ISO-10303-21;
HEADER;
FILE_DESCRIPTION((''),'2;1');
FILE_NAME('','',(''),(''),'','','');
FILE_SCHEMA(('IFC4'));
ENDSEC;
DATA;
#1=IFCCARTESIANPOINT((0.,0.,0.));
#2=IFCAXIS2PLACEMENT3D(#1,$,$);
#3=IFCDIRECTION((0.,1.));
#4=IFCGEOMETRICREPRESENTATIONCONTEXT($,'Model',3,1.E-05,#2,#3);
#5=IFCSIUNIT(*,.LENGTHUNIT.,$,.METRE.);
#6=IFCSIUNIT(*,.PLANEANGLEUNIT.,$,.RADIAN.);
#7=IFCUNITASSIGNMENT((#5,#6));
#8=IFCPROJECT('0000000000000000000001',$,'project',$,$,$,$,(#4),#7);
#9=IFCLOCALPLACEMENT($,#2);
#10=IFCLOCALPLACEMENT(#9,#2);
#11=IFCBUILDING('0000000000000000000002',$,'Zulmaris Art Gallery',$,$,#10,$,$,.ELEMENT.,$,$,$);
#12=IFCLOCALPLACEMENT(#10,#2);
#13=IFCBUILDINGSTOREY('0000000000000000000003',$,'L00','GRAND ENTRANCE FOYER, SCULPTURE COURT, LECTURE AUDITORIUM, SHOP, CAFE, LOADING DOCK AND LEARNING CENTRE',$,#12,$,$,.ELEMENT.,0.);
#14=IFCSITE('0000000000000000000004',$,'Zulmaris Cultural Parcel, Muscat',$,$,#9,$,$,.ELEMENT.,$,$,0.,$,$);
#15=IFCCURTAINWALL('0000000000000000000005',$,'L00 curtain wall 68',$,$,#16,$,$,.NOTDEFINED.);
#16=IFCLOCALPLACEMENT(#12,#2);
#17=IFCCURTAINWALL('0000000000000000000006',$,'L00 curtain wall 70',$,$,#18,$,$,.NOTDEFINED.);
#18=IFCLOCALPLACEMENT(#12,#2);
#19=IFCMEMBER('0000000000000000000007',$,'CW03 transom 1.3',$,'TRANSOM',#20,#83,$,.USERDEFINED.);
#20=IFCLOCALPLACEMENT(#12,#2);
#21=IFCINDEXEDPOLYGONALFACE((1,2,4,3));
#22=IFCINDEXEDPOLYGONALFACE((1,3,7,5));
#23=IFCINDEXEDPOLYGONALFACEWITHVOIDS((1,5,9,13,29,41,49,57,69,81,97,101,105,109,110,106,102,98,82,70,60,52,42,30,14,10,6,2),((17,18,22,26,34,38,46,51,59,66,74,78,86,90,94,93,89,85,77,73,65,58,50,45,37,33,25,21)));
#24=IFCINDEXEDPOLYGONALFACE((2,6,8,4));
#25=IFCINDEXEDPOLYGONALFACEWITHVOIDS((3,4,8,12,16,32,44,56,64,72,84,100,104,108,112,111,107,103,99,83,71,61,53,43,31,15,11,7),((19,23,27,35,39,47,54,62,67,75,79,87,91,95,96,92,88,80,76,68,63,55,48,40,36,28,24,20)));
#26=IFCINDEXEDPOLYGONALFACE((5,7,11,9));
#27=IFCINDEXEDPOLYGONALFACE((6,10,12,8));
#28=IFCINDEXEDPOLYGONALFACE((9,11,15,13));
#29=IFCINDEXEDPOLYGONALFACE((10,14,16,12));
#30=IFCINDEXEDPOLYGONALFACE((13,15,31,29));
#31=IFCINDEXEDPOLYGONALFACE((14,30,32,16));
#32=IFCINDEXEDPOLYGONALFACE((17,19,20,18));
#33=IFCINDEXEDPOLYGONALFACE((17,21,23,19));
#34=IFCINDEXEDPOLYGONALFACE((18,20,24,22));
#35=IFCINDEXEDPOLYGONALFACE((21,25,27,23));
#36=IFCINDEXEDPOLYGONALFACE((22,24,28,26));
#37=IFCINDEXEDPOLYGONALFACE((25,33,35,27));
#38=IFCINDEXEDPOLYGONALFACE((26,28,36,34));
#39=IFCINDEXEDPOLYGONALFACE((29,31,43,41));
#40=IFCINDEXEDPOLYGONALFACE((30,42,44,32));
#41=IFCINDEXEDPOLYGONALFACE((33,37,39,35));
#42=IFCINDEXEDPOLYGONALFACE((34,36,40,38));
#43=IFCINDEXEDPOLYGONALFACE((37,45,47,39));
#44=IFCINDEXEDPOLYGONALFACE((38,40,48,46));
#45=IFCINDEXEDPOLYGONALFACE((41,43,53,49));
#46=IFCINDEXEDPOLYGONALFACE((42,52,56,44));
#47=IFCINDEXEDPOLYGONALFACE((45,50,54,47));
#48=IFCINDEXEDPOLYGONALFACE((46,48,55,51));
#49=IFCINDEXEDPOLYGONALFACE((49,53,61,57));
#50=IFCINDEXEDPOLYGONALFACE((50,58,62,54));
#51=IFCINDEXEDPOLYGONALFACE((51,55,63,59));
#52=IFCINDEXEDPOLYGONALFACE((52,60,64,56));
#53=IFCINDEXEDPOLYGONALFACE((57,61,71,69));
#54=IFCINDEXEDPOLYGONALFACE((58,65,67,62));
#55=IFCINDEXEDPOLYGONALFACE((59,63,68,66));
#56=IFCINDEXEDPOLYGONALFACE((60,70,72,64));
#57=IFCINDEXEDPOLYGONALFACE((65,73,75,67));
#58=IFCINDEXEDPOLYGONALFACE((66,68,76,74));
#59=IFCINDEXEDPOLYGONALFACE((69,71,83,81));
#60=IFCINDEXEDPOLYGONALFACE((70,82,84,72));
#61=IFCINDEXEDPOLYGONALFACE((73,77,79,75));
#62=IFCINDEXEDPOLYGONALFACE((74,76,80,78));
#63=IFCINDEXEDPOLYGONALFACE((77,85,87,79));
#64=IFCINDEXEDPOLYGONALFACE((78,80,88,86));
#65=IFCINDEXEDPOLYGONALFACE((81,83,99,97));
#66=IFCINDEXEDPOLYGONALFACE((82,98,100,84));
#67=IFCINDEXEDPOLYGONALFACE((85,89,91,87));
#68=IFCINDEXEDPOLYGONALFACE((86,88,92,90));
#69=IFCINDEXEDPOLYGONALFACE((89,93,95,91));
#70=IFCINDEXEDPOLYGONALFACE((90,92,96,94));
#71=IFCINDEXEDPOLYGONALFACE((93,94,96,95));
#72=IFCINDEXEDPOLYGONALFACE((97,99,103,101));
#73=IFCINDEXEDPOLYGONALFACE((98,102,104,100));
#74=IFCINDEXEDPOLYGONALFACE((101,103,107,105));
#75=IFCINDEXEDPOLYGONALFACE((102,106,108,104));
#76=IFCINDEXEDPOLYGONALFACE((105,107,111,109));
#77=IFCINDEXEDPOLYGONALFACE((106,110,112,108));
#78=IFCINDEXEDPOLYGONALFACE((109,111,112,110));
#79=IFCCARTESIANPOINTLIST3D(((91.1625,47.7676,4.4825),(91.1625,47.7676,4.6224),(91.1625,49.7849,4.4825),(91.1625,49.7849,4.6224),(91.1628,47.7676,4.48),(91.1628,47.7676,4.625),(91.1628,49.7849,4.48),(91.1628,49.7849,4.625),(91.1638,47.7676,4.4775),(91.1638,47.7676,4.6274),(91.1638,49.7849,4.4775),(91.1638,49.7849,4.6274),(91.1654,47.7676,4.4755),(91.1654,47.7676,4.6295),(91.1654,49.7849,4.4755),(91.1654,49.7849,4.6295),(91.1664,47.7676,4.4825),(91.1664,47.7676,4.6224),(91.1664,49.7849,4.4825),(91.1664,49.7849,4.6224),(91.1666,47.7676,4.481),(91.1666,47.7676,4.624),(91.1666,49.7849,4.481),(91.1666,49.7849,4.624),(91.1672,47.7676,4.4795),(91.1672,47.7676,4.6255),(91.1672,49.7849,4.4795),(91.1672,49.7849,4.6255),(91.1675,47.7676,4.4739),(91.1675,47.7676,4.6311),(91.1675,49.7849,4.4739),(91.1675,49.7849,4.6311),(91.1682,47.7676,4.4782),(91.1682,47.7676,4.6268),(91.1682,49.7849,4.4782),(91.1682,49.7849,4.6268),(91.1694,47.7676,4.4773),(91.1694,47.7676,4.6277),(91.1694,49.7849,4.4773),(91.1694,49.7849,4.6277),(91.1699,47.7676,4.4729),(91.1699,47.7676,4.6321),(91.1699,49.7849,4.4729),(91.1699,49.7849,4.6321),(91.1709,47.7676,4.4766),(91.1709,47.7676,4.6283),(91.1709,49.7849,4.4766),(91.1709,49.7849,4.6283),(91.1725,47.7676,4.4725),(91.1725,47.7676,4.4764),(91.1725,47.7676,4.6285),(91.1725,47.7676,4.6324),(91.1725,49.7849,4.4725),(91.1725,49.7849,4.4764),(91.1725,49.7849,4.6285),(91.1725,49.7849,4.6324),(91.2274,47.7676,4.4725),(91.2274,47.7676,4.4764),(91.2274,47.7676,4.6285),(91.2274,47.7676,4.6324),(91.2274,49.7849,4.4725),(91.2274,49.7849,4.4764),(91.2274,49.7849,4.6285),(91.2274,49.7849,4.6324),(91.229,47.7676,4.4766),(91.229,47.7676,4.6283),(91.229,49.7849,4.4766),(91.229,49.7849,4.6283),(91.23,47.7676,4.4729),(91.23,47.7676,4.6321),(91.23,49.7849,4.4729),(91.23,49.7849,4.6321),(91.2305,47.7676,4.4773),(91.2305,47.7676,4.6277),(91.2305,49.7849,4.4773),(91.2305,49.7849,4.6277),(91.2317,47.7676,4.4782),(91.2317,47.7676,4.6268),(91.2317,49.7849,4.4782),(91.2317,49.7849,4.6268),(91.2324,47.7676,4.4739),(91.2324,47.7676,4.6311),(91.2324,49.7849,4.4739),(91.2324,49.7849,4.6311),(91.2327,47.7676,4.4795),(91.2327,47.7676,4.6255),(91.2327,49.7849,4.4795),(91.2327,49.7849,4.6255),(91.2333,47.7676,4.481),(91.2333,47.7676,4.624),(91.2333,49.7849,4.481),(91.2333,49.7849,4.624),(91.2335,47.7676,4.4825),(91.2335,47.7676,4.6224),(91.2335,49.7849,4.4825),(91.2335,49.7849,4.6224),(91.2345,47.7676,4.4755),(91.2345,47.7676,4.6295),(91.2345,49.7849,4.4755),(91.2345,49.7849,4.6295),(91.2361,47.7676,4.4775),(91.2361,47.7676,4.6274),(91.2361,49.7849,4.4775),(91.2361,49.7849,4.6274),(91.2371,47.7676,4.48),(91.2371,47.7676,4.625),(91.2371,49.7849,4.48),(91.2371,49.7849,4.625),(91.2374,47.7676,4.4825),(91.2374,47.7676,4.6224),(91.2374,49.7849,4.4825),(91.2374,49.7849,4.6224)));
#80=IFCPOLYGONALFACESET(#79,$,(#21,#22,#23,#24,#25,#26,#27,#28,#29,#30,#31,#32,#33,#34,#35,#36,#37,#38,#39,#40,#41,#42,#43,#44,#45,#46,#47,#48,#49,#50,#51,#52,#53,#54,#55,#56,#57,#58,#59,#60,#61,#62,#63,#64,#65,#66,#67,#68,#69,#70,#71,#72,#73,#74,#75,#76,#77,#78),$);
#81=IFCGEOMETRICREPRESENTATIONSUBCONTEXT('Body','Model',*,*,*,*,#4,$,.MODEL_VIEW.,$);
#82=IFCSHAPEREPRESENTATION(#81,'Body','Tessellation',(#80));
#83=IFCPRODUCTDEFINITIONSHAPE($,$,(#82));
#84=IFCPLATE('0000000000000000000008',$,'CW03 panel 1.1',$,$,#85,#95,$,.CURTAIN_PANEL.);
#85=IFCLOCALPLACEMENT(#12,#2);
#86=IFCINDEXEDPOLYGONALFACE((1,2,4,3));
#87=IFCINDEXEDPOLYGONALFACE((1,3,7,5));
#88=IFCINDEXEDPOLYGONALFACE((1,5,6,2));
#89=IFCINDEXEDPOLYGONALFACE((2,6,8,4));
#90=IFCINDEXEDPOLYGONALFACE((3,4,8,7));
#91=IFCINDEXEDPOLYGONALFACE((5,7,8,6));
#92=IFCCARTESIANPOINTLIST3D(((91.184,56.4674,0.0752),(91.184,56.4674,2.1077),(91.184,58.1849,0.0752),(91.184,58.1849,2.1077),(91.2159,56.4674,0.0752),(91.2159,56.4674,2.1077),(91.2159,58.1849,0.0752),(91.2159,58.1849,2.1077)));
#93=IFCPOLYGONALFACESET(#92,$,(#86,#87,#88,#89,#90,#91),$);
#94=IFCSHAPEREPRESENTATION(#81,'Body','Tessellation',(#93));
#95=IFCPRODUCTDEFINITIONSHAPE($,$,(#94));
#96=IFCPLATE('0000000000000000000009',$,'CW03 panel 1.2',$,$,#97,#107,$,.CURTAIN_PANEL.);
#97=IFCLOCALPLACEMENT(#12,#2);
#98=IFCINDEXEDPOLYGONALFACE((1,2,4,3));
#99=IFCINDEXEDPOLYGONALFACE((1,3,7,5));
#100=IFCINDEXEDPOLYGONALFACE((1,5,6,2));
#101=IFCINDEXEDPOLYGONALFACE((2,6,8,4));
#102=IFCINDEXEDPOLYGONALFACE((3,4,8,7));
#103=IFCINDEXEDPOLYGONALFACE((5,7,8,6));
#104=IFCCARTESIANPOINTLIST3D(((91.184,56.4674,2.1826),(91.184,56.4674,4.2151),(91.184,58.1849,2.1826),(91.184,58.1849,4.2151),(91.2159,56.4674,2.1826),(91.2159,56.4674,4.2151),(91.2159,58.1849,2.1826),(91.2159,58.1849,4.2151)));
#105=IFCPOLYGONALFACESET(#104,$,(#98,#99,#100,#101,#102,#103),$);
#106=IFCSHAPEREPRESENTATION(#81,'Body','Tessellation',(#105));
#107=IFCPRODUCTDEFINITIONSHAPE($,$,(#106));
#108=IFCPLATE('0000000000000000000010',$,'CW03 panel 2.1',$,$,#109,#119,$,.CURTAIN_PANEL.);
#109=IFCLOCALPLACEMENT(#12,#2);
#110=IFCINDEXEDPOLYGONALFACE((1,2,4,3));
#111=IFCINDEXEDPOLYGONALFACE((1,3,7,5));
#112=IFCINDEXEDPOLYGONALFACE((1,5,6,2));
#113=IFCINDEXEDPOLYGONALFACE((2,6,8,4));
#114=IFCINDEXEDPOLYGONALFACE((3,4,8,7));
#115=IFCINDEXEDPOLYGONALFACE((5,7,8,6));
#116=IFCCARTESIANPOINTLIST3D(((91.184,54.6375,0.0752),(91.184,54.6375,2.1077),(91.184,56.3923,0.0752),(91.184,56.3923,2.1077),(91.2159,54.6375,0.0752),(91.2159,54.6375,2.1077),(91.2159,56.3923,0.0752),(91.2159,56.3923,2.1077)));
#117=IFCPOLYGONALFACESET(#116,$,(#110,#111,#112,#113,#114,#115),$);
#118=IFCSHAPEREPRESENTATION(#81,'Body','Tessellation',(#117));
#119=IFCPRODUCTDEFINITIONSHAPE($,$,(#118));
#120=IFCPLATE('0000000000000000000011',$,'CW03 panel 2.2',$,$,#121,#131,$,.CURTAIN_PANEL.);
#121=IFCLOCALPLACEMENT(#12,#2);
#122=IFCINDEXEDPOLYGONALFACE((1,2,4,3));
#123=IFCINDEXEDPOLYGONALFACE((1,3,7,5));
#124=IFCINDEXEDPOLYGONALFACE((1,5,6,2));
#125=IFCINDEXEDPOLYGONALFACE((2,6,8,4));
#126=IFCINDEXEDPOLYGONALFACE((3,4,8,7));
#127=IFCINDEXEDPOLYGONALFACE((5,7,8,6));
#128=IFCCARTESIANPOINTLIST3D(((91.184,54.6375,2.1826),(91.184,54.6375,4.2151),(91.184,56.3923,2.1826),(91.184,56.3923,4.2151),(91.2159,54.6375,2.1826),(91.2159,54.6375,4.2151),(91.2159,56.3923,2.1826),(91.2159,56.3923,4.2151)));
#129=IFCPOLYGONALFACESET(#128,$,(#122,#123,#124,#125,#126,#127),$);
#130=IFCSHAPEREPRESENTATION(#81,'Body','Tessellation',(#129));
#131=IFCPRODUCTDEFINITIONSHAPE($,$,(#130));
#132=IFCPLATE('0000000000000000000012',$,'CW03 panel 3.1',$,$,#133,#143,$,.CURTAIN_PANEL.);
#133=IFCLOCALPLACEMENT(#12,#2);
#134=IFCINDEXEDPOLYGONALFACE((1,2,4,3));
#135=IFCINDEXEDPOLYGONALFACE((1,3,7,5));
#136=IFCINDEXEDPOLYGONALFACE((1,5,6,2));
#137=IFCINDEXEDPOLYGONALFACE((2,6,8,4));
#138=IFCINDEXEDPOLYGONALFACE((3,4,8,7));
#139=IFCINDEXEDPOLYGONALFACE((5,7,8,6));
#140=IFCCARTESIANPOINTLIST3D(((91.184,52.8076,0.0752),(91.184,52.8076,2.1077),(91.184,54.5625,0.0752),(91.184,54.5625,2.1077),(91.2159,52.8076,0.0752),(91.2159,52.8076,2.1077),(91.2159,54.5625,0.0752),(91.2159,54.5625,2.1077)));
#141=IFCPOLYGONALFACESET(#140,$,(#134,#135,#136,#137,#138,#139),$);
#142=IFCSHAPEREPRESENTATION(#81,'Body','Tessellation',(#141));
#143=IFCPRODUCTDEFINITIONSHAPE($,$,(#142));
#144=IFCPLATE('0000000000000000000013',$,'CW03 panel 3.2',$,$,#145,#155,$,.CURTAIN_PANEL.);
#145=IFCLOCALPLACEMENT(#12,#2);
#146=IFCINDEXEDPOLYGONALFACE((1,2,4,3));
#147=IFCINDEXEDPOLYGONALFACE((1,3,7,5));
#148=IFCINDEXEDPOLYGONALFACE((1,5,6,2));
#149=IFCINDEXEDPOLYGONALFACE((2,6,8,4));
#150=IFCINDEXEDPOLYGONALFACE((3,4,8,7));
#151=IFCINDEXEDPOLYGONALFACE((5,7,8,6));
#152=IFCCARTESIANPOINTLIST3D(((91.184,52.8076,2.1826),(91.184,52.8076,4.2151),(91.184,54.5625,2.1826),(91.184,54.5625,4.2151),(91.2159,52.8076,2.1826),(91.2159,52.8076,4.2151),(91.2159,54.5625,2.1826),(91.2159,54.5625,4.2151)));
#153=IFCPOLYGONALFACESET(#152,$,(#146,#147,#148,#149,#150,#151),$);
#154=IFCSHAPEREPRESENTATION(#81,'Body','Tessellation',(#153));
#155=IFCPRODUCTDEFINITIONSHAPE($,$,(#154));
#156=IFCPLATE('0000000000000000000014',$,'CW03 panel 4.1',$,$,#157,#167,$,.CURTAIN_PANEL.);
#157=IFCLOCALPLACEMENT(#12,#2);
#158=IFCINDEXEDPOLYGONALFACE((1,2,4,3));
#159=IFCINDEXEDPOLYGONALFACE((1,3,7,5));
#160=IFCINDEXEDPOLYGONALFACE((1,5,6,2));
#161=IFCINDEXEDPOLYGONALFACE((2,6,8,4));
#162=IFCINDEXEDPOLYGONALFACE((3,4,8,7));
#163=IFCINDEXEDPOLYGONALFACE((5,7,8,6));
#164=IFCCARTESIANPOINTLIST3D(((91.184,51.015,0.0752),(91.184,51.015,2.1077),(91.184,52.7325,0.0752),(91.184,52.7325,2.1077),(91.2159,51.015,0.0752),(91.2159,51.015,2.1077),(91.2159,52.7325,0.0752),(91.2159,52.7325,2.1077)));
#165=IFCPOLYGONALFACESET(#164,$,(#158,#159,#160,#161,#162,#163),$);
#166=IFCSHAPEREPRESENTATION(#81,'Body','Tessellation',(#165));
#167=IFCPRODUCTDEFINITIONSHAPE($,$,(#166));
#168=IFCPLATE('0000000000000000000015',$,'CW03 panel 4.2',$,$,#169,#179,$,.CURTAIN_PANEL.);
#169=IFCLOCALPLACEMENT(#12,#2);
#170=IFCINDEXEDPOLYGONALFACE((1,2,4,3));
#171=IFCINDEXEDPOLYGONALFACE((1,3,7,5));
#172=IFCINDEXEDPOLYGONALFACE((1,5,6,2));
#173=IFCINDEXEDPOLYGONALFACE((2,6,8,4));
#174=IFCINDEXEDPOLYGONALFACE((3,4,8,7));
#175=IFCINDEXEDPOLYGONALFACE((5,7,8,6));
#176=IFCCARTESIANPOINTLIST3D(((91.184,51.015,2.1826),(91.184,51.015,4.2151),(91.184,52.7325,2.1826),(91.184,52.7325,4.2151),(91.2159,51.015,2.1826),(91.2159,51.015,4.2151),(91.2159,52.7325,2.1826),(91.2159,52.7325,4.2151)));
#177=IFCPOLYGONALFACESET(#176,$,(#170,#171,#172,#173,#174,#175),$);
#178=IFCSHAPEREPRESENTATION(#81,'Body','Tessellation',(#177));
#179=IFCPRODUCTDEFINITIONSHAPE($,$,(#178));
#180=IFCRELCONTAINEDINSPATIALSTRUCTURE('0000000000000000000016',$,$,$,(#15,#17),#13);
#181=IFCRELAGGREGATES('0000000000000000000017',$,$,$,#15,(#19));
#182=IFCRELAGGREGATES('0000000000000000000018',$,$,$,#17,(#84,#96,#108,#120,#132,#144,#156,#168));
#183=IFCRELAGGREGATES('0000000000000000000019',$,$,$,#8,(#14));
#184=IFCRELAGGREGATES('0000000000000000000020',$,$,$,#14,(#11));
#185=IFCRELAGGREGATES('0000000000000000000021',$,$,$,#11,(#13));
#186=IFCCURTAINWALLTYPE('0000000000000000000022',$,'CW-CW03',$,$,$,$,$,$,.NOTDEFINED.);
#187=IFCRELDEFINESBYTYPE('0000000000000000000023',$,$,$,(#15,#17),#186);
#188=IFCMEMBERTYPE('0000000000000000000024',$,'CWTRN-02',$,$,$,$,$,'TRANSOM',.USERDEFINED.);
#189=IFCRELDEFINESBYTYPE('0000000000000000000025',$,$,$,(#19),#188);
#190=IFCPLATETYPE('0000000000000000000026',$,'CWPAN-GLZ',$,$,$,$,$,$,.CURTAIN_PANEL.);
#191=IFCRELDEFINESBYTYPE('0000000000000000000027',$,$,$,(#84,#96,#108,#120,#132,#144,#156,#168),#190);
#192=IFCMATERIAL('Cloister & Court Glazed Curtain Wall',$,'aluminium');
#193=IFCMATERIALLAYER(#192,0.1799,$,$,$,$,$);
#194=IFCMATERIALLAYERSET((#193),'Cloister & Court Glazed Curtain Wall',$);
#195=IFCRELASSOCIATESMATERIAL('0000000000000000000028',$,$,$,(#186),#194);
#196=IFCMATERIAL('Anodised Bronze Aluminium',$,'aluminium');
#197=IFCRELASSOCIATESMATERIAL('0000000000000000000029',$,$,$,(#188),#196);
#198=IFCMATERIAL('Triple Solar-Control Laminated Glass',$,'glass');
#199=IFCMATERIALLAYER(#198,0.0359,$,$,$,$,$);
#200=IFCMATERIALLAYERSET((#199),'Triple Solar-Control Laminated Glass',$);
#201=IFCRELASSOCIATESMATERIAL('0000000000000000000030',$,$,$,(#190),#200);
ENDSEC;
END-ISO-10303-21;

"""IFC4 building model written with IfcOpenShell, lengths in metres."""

from ifc_helpers import new_model, si_unit, direction, frame, origin, origin_2d, place, context, subcontext, project, spatial, rectangle, hollow_rectangle, extrude, material, layer, layer_set, material_profile, profile_set, type_object, element, aggregate, save


model = new_model("IFC4")

# Units and contexts
model_context = context("Model", 3, precision=1e-05, world=origin(), true_north=direction((0.0, 1.0)))
body_context = subcontext(model_context, "Body", "Model", "MODEL_VIEW")
ifc_project = project(units=[si_unit("LENGTHUNIT", "METRE"), si_unit("PLANEANGLEUNIT", "RADIAN")], contexts=[model_context])

# Site, building, storey
site_placement = place(None, origin())
site = spatial("IfcSite", under=ifc_project, at=site_placement, Name="Zulmaris Cultural Parcel, Muscat", CompositionType="ELEMENT", RefElevation=0.0)
building_placement = place(site_placement, origin())
building = spatial("IfcBuilding", under=site, at=building_placement, Name="Zulmaris Art Gallery", CompositionType="ELEMENT")
storey_placement = place(building_placement, origin())
storey = spatial("IfcBuildingStorey", under=building, at=storey_placement, Name="L00", Description="GRAND ENTRANCE FOYER, SCULPTURE COURT, LECTURE AUDITORIUM, SHOP, CAFE, LOADING DOCK AND LEARNING CENTRE", CompositionType="ELEMENT", Elevation=0.0)

# Curtain wall
ifc_material_1 = material(Name="Cloister & Court Glazed Curtain Wall", Category="aluminium")
ifc_layer_1 = layer(ifc_material_1, 0.1799)
ifc_layer_set_1 = layer_set([ifc_layer_1], Name="Cloister & Court Glazed Curtain Wall")
curtain_wall_type_1 = type_object("IfcCurtainWallType", Name="CW-CW03", PredefinedType="NOTDEFINED", material=ifc_layer_set_1)
curtain_wall_1_placement = place(storey_placement, origin())
curtain_wall_1 = element("IfcCurtainWall", 1, at=curtain_wall_1_placement, inside=storey, type_object=curtain_wall_type_1, Name="L00 curtain wall 68", PredefinedType="NOTDEFINED")
ifc_material_2 = material(Name="Anodised Bronze Aluminium", Category="aluminium")

# Curtain wall
curtain_wall_2_placement = place(storey_placement, origin())
curtain_wall_2 = element("IfcCurtainWall", 2, at=curtain_wall_2_placement, inside=storey, type_object=curtain_wall_type_1, Name="L00 curtain wall 70", PredefinedType="NOTDEFINED")

# Member
ifc_material_profile_1 = material_profile(ifc_material_2, hollow_rectangle(XDim=0.075, YDim=0.1599, WallThickness=0.0039, InnerFilletRadius=0.0061, OuterFilletRadius=0.01, at=origin_2d()), Name="ALU 75x160x4")
ifc_profile_set_1 = profile_set([ifc_material_profile_1], Name="Anodised Bronze Aluminium")
member_type_1 = type_object("IfcMemberType", Name="CWTRN-02", ElementType="TRANSOM", PredefinedType="USERDEFINED", material=ifc_profile_set_1)
member_1_placement = place(storey_placement, frame((91.2, 49.7849, 4.5525), z_axis=(0.0, -1.0, 0.0), x_axis=(1.0, 0.0, 0.0)))
member_1 = element("IfcMember", 3, at=member_1_placement, type_object=member_type_1, Name="CW03 transom 1.3", ObjectType="TRANSOM", PredefinedType="USERDEFINED", context=body_context, shape_type="SweptSolid", body=[
    extrude(hollow_rectangle(XDim=0.075, YDim=0.1599, WallThickness=0.0039, InnerFilletRadius=0.0061, OuterFilletRadius=0.01, at=origin_2d()), origin(), (0.0, 0.0, 1.0), 2.0173),
])
aggregate(curtain_wall_1, [member_1])

# Plates
ifc_material_3 = material(Name="Triple Solar-Control Laminated Glass", Category="glass")
ifc_layer_2 = layer(ifc_material_3, 0.0359)
ifc_layer_set_2 = layer_set([ifc_layer_2], Name="Triple Solar-Control Laminated Glass")
plate_type = type_object("IfcPlateType", Name="CWPAN-GLZ", PredefinedType="CURTAIN_PANEL", material=ifc_layer_set_2)
plate_1_placement = place(storey_placement, frame((91.2, 57.3262, 0.0752), z_axis=(0.0, 0.0, 1.0), x_axis=(0.0, -1.0, 0.0)))
plate_1 = element("IfcPlate", 4, at=plate_1_placement, type_object=plate_type, Name="CW03 panel 1.1", PredefinedType="CURTAIN_PANEL", context=body_context, shape_type="SweptSolid", body=[
    extrude(rectangle(XDim=1.7175, YDim=0.032, at=origin_2d()), origin(), (0.0, 0.0, 1.0), 2.0325),
])
plate_2_placement = place(storey_placement, frame((91.2, 57.3262, 2.1826), z_axis=(0.0, 0.0, 1.0), x_axis=(0.0, -1.0, 0.0)))
plate_2 = element("IfcPlate", 5, at=plate_2_placement, type_object=plate_type, Name="CW03 panel 1.2", PredefinedType="CURTAIN_PANEL", context=body_context, shape_type="SweptSolid", body=[
    extrude(rectangle(XDim=1.7175, YDim=0.032, at=origin_2d()), origin(), (0.0, 0.0, 1.0), 2.0325),
])
plate_3_placement = place(storey_placement, frame((91.2, 55.5149, 0.0752), z_axis=(0.0, 0.0, 1.0), x_axis=(0.0, -1.0, 0.0)))
plate_3 = element("IfcPlate", 6, at=plate_3_placement, type_object=plate_type, Name="CW03 panel 2.1", PredefinedType="CURTAIN_PANEL", context=body_context, shape_type="SweptSolid", body=[
    extrude(rectangle(XDim=1.7549, YDim=0.032, at=origin_2d()), origin(), (0.0, 0.0, 1.0), 2.0325),
])
plate_4_placement = place(storey_placement, frame((91.2, 55.5149, 2.1826), z_axis=(0.0, 0.0, 1.0), x_axis=(0.0, -1.0, 0.0)))
plate_4 = element("IfcPlate", 7, at=plate_4_placement, type_object=plate_type, Name="CW03 panel 2.2", PredefinedType="CURTAIN_PANEL", context=body_context, shape_type="SweptSolid", body=[
    extrude(rectangle(XDim=1.7549, YDim=0.032, at=origin_2d()), origin(), (0.0, 0.0, 1.0), 2.0325),
])
plate_5_placement = place(storey_placement, frame((91.2, 53.6851, 0.0752), z_axis=(0.0, 0.0, 1.0), x_axis=(0.0, -1.0, 0.0)))
plate_5 = element("IfcPlate", 8, at=plate_5_placement, type_object=plate_type, Name="CW03 panel 3.1", PredefinedType="CURTAIN_PANEL", context=body_context, shape_type="SweptSolid", body=[
    extrude(rectangle(XDim=1.7549, YDim=0.032, at=origin_2d()), origin(), (0.0, 0.0, 1.0), 2.0325),
])
plate_6_placement = place(storey_placement, frame((91.2, 53.6851, 2.1826), z_axis=(0.0, 0.0, 1.0), x_axis=(0.0, -1.0, 0.0)))
plate_6 = element("IfcPlate", 9, at=plate_6_placement, type_object=plate_type, Name="CW03 panel 3.2", PredefinedType="CURTAIN_PANEL", context=body_context, shape_type="SweptSolid", body=[
    extrude(rectangle(XDim=1.7549, YDim=0.032, at=origin_2d()), origin(), (0.0, 0.0, 1.0), 2.0325),
])
plate_7_placement = place(storey_placement, frame((91.2, 51.8738, 0.0752), z_axis=(0.0, 0.0, 1.0), x_axis=(0.0, -1.0, 0.0)))
plate_7 = element("IfcPlate", 10, at=plate_7_placement, type_object=plate_type, Name="CW03 panel 4.1", PredefinedType="CURTAIN_PANEL", context=body_context, shape_type="SweptSolid", body=[
    extrude(rectangle(XDim=1.7175, YDim=0.032, at=origin_2d()), origin(), (0.0, 0.0, 1.0), 2.0325),
])
plate_8_placement = place(storey_placement, frame((91.2, 51.8738, 2.1826), z_axis=(0.0, 0.0, 1.0), x_axis=(0.0, -1.0, 0.0)))
plate_8 = element("IfcPlate", 11, at=plate_8_placement, type_object=plate_type, Name="CW03 panel 4.2", PredefinedType="CURTAIN_PANEL", context=body_context, shape_type="SweptSolid", body=[
    extrude(rectangle(XDim=1.7175, YDim=0.032, at=origin_2d()), origin(), (0.0, 0.0, 1.0), 2.0325),
])
aggregate(curtain_wall_2, [plate_1, plate_2, plate_3, plate_4, plate_5, plate_6, plate_7, plate_8])

save(model, "model.ifc")
